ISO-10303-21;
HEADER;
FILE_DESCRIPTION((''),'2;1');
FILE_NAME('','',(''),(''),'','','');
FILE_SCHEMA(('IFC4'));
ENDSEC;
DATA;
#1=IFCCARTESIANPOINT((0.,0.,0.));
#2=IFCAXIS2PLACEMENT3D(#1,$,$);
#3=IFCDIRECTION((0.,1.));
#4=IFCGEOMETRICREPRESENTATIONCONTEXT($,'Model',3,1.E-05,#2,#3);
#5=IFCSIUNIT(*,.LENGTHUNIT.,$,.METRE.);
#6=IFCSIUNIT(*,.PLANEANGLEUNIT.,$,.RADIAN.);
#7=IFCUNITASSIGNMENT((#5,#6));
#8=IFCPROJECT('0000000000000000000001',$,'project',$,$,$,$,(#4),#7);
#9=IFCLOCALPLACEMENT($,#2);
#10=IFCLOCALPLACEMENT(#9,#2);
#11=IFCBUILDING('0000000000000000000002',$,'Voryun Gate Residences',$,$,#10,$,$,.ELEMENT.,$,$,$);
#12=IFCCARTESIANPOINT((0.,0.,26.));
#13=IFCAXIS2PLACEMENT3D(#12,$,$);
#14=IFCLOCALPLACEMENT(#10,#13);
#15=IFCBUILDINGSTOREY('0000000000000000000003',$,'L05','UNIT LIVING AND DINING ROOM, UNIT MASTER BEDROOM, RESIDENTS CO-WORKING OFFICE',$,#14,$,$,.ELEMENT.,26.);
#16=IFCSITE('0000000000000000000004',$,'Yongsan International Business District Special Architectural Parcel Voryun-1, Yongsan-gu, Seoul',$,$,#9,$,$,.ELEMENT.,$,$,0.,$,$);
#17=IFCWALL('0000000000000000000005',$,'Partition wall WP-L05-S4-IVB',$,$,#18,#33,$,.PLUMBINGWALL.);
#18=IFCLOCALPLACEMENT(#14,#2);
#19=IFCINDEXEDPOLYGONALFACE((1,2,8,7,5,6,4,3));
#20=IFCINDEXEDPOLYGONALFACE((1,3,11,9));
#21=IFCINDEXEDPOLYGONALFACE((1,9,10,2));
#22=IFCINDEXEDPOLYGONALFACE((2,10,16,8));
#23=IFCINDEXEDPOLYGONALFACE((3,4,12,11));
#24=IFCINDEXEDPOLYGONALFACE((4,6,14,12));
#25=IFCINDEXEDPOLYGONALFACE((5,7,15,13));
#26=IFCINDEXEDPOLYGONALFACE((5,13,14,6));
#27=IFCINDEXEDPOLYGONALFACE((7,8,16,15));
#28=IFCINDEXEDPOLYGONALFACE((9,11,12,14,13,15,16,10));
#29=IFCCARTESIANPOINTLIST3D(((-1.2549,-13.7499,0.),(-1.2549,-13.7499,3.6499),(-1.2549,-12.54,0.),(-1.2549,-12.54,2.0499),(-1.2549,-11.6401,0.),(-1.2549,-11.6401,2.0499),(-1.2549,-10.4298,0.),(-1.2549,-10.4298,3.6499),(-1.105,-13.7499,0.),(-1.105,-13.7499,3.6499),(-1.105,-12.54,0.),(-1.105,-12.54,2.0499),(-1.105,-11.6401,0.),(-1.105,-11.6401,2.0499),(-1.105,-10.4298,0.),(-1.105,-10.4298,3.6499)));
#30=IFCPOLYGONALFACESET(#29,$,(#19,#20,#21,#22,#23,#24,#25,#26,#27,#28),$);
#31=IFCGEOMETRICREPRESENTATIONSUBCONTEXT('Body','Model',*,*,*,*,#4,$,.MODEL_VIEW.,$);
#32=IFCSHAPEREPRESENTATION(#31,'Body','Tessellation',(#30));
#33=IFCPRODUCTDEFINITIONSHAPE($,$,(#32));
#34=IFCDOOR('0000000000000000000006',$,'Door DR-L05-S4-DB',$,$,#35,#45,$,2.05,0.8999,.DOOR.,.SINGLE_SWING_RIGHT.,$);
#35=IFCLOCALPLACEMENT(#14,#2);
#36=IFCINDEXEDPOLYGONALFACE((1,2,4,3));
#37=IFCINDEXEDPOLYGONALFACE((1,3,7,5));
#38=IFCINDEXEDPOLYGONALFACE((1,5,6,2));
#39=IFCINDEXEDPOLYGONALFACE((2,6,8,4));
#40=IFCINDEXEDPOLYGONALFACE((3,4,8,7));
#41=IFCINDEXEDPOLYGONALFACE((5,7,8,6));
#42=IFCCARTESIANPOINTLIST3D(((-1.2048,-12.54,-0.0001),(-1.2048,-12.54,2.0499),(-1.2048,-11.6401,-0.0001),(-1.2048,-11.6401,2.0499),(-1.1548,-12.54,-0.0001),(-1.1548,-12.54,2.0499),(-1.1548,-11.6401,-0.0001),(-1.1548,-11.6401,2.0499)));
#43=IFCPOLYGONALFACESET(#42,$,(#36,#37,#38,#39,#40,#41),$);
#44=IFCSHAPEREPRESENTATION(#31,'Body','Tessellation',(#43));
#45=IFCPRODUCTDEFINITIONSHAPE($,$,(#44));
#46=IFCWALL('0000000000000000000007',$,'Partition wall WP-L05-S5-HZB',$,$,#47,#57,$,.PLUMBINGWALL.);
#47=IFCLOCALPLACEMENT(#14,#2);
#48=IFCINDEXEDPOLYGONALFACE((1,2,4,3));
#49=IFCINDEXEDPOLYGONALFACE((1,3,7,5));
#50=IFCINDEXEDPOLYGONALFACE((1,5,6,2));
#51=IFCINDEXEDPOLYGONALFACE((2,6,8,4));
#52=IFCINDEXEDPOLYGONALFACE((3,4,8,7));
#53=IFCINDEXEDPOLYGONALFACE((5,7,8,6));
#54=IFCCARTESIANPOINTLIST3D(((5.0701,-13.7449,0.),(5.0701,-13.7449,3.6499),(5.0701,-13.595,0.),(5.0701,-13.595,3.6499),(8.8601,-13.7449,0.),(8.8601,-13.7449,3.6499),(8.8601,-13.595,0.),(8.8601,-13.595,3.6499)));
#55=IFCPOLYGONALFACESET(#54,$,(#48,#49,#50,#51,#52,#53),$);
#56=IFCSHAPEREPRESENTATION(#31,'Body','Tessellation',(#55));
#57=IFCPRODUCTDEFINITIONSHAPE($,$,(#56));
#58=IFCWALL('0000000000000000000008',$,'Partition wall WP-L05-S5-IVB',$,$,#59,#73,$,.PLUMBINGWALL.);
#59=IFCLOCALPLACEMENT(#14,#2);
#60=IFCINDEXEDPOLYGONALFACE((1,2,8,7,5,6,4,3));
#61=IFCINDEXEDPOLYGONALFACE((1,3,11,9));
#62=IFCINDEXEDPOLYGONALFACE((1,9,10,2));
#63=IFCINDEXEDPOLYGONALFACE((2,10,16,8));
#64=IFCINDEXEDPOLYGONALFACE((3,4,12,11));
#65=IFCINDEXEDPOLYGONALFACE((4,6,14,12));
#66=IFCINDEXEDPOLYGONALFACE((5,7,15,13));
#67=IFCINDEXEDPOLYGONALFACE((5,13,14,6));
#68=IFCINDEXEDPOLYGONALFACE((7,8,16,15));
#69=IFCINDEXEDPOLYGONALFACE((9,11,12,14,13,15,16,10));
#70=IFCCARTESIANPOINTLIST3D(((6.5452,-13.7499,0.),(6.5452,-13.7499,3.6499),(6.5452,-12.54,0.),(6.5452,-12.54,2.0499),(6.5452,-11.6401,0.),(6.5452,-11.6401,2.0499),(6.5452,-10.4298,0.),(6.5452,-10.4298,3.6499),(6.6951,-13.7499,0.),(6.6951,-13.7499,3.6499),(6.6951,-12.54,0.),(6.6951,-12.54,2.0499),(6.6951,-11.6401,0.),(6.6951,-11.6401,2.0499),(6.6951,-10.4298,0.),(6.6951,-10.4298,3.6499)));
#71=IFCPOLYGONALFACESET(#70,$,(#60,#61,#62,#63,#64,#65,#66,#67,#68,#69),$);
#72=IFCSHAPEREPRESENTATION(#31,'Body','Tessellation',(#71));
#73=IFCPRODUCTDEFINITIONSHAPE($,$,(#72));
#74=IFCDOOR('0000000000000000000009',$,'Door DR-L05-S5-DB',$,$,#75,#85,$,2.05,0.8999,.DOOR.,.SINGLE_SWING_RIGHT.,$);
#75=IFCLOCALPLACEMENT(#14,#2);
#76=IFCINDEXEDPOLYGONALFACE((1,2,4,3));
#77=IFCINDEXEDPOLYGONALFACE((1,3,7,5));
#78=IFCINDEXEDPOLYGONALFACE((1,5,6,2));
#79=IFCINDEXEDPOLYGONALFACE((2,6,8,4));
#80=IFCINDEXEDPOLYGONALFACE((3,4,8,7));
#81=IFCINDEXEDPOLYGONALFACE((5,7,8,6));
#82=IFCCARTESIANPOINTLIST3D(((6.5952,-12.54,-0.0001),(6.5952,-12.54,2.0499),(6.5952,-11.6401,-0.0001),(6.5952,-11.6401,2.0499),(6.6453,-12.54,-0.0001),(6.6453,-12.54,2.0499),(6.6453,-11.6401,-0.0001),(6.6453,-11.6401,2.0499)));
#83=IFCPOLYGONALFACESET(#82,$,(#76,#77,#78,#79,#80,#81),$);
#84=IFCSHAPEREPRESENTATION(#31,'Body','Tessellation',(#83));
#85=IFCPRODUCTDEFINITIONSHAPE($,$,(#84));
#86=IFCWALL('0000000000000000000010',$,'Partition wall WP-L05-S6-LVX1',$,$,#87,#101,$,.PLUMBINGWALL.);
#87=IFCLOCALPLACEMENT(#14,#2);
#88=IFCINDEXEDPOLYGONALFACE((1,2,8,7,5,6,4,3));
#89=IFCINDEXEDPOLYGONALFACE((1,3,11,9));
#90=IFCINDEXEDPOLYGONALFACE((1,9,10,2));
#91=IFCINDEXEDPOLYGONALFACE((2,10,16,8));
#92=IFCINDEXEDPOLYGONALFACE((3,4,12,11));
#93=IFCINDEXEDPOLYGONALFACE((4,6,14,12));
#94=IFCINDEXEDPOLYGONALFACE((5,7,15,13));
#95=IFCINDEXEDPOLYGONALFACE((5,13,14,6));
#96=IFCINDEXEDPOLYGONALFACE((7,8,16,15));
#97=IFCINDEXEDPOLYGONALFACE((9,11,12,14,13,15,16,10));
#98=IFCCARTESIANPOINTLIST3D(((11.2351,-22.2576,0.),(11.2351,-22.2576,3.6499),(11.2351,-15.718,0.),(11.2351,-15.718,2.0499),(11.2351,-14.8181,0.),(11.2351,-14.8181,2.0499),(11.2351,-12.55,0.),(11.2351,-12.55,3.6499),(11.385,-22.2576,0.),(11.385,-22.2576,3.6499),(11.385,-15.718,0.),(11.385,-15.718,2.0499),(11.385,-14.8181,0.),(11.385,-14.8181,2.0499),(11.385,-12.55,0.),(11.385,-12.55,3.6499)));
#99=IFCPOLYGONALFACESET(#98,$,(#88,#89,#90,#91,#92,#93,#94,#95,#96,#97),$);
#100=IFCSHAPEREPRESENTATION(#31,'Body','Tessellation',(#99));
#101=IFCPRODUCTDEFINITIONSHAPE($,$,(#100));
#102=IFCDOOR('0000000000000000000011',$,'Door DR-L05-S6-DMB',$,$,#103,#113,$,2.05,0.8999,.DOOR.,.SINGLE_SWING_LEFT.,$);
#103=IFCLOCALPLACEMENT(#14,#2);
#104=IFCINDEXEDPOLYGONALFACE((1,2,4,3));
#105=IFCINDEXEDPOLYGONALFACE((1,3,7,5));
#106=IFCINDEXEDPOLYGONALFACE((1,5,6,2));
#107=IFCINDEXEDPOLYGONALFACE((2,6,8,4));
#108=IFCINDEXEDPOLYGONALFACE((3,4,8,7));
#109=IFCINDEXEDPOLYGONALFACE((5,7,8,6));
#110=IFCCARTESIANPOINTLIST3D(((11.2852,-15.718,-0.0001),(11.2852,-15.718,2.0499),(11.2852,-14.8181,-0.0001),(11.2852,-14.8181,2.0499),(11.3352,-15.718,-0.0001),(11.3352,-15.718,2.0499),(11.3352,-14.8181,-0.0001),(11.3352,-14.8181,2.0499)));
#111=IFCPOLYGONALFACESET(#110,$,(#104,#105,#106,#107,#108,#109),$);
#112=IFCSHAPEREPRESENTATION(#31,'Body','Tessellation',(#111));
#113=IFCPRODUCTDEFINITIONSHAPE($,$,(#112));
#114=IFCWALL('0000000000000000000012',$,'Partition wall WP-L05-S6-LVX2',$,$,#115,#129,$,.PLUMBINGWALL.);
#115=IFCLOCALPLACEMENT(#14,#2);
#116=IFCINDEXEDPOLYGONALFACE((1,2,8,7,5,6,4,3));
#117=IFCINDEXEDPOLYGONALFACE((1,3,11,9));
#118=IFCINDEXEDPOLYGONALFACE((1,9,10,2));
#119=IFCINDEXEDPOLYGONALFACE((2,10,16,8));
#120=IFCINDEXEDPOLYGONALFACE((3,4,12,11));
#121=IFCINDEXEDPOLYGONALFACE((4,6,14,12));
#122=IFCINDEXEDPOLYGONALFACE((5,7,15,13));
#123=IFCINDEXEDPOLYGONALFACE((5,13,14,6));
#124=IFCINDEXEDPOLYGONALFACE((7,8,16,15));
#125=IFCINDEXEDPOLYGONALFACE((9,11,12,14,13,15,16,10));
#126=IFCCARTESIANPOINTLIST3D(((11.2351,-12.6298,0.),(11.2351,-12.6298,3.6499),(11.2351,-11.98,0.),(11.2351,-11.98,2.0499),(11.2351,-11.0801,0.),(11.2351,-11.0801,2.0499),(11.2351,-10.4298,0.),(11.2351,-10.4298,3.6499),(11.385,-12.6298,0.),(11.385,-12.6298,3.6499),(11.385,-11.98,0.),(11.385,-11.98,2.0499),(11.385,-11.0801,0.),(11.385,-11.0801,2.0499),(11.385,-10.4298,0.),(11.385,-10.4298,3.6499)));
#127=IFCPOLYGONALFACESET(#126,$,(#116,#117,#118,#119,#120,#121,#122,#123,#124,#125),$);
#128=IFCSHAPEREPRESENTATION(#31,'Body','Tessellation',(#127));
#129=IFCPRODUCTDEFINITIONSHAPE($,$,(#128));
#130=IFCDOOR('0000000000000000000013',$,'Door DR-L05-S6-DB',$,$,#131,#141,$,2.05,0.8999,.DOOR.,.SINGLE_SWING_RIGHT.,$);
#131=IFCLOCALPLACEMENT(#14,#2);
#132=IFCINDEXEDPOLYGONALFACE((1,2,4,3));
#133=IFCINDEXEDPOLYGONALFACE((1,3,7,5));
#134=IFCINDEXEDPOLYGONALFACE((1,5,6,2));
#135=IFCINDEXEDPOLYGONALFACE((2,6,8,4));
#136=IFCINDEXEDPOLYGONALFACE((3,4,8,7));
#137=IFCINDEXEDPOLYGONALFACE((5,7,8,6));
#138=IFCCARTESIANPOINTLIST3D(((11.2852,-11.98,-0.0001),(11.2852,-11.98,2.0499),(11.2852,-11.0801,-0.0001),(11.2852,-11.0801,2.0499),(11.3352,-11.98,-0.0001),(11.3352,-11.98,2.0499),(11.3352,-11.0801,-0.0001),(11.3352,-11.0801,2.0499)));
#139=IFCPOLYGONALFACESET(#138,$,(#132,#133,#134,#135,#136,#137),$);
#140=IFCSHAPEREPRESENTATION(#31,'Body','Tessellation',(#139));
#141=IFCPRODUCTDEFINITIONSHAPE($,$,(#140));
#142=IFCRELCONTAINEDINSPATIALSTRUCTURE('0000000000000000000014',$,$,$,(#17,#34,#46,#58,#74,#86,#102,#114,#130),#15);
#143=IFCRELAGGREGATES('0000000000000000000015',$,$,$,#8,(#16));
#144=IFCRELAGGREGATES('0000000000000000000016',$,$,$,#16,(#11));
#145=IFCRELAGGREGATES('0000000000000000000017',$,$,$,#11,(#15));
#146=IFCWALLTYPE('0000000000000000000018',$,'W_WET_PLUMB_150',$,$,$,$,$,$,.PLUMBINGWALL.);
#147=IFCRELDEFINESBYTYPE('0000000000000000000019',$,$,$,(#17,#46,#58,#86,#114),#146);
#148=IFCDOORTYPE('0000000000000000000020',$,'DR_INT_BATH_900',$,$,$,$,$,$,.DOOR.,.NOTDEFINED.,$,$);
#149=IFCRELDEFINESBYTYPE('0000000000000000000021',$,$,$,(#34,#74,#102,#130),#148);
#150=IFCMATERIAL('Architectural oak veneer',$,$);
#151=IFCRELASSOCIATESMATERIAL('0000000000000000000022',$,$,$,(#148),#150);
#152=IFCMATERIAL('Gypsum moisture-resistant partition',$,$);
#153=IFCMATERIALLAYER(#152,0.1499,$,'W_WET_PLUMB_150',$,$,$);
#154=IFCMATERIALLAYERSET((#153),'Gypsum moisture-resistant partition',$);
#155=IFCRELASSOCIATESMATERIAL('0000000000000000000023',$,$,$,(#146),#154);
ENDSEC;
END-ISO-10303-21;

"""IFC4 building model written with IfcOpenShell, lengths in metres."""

from ifc_helpers import new_model, si_unit, direction, frame, frame_2d, origin, place, context, subcontext, project, spatial, rectangle, extrude, material, layer, layer_set, type_object, element, fill, save


model = new_model("IFC4")

# Units and contexts
model_context = context("Model", 3, precision=1e-05, world=origin(), true_north=direction((0.0, 1.0)))
body_context = subcontext(model_context, "Body", "Model", "MODEL_VIEW")
ifc_project = project(units=[si_unit("LENGTHUNIT", "METRE"), si_unit("PLANEANGLEUNIT", "RADIAN")], contexts=[model_context])

# Site, building, storey
site_placement = place(None, origin())
site = spatial("IfcSite", under=ifc_project, at=site_placement, Name="Yongsan International Business District Special Architectural Parcel Voryun-1, Yongsan-gu, Seoul", CompositionType="ELEMENT", RefElevation=0.0)
building_placement = place(site_placement, origin())
building = spatial("IfcBuilding", under=site, at=building_placement, Name="Voryun Gate Residences", CompositionType="ELEMENT")
storey_placement = place(building_placement, frame((0.0, 0.0, 26.0)))
storey = spatial("IfcBuildingStorey", under=building, at=storey_placement, Name="L05", Description="UNIT LIVING AND DINING ROOM, UNIT MASTER BEDROOM, RESIDENTS CO-WORKING OFFICE", CompositionType="ELEMENT", Elevation=26.0)

# Shared definitions
ifc_material_1 = material(Name="Architectural oak veneer")
door_type_1 = type_object("IfcDoorType", Name="DR_INT_BATH_900", OperationType="NOTDEFINED", PredefinedType="DOOR", material=ifc_material_1)

# Shared definitions
ifc_material_2 = material(Name="Gypsum moisture-resistant partition")
ifc_layer_1 = layer(ifc_material_2, 0.1499, Name="W_WET_PLUMB_150")
ifc_layer_set_1 = layer_set([ifc_layer_1], Name="Gypsum moisture-resistant partition")
wall_type_1 = type_object("IfcWallType", Name="W_WET_PLUMB_150", PredefinedType="PLUMBINGWALL", material=ifc_layer_set_1)

# Wall, opening, door
wall_1_placement = place(storey_placement, frame((-1.1799, -13.75, 0.0), z_axis=(0.0, 0.0, 1.0), x_axis=(0.0, 1.0, 0.0)))
wall_1 = element("IfcWall", 1, at=wall_1_placement, inside=storey, type_object=wall_type_1, Name="Partition wall WP-L05-S4-IVB", PredefinedType="PLUMBINGWALL", context=body_context, shape_type="SweptSolid", body=[
    extrude(rectangle(XDim=3.3201, YDim=0.1499, at=frame_2d((1.6602, 0.0))), origin(), (0.0, 0.0, 1.0), 3.6499),
])
opening_1_placement = place(wall_1_placement, frame((1.21, 0.0, 0.0)))
opening_1 = element("IfcOpeningElement", 2, at=opening_1_placement, cuts=wall_1, PredefinedType="OPENING", context=body_context, shape_type="SweptSolid", body=[
    extrude(rectangle(XDim=0.8999, YDim=2.05, at=frame_2d((0.45, 1.0249))), frame((0.0, 0.085, 0.0), z_axis=(0.0, -1.0, 0.0), x_axis=(1.0, 0.0, 0.0)), (0.0, 0.0, 1.0), 0.1699),
])
door_1_placement = place(opening_1_placement, origin())
door_1 = element("IfcDoor", 3, at=door_1_placement, inside=storey, type_object=door_type_1, Name="Door DR-L05-S4-DB", OperationType="SINGLE_SWING_RIGHT", OverallHeight=2.05, OverallWidth=0.8999, PredefinedType="DOOR", context=body_context, shape_type="SweptSolid", body=[
    extrude(rectangle(XDim=0.8999, YDim=2.05, at=frame_2d((0.45, 1.0249))), frame((0.0, 0.0249, 0.0), z_axis=(0.0, -1.0, 0.0), x_axis=(1.0, 0.0, 0.0)), (0.0, 0.0, 1.0), 0.05),
])
fill(opening_1, door_1)

# Wall
wall_2_placement = place(storey_placement, frame((5.0701, -13.6699, 0.0), z_axis=(0.0, 0.0, 1.0), x_axis=(1.0, 0.0, 0.0)))
element("IfcWall", 4, at=wall_2_placement, inside=storey, type_object=wall_type_1, Name="Partition wall WP-L05-S5-HZB", PredefinedType="PLUMBINGWALL", context=body_context, shape_type="SweptSolid", body=[
    extrude(rectangle(XDim=3.79, YDim=0.1499, at=frame_2d((1.895, 0.0))), origin(), (0.0, 0.0, 1.0), 3.6499),
])

# Walls, openings, doors
wall_3_placement = place(storey_placement, frame((6.6201, -13.75, 0.0), z_axis=(0.0, 0.0, 1.0), x_axis=(0.0, 1.0, 0.0)))
wall_3 = element("IfcWall", 5, at=wall_3_placement, inside=storey, type_object=wall_type_1, Name="Partition wall WP-L05-S5-IVB", PredefinedType="PLUMBINGWALL", context=body_context, shape_type="SweptSolid", body=[
    extrude(rectangle(XDim=3.3201, YDim=0.1499, at=frame_2d((1.6602, 0.0))), origin(), (0.0, 0.0, 1.0), 3.6499),
])
opening_2_placement = place(wall_3_placement, frame((1.21, 0.0, 0.0)))
opening_2 = element("IfcOpeningElement", 6, at=opening_2_placement, cuts=wall_3, PredefinedType="OPENING", context=body_context, shape_type="SweptSolid", body=[
    extrude(rectangle(XDim=0.8999, YDim=2.05, at=frame_2d((0.45, 1.0249))), frame((0.0, 0.085, 0.0), z_axis=(0.0, -1.0, 0.0), x_axis=(1.0, 0.0, 0.0)), (0.0, 0.0, 1.0), 0.1699),
])
door_2_placement = place(opening_2_placement, origin())
door_2 = element("IfcDoor", 7, at=door_2_placement, inside=storey, type_object=door_type_1, Name="Door DR-L05-S5-DB", OperationType="SINGLE_SWING_RIGHT", OverallHeight=2.05, OverallWidth=0.8999, PredefinedType="DOOR", context=body_context, shape_type="SweptSolid", body=[
    extrude(rectangle(XDim=0.8999, YDim=2.05, at=frame_2d((0.45, 1.0249))), frame((0.0, 0.0249, 0.0), z_axis=(0.0, -1.0, 0.0), x_axis=(1.0, 0.0, 0.0)), (0.0, 0.0, 1.0), 0.05),
])
fill(opening_2, door_2)
wall_4_placement = place(storey_placement, frame((11.3101, -22.2576, 0.0), z_axis=(0.0, 0.0, 1.0), x_axis=(0.0, 1.0, 0.0)))
wall_4 = element("IfcWall", 8, at=wall_4_placement, inside=storey, type_object=wall_type_1, Name="Partition wall WP-L05-S6-LVX1", PredefinedType="PLUMBINGWALL", context=body_context, shape_type="SweptSolid", body=[
    extrude(rectangle(XDim=9.7075, YDim=0.1499, at=frame_2d((4.8538, 0.0))), origin(), (0.0, 0.0, 1.0), 3.6499),
])
opening_3_placement = place(wall_4_placement, frame((6.5396, 0.0, 0.0)))
opening_3 = element("IfcOpeningElement", 9, at=opening_3_placement, cuts=wall_4, PredefinedType="OPENING", context=body_context, shape_type="SweptSolid", body=[
    extrude(rectangle(XDim=0.8999, YDim=2.05, at=frame_2d((0.45, 1.0249))), frame((0.0, 0.085, 0.0), z_axis=(0.0, -1.0, 0.0), x_axis=(1.0, 0.0, 0.0)), (0.0, 0.0, 1.0), 0.1699),
])
door_3_placement = place(opening_3_placement, origin())
door_3 = element("IfcDoor", 10, at=door_3_placement, inside=storey, type_object=door_type_1, Name="Door DR-L05-S6-DMB", OperationType="SINGLE_SWING_LEFT", OverallHeight=2.05, OverallWidth=0.8999, PredefinedType="DOOR", context=body_context, shape_type="SweptSolid", body=[
    extrude(rectangle(XDim=0.8999, YDim=2.05, at=frame_2d((0.45, 1.0249))), frame((0.0, 0.0249, 0.0), z_axis=(0.0, -1.0, 0.0), x_axis=(1.0, 0.0, 0.0)), (0.0, 0.0, 1.0), 0.05),
])
fill(opening_3, door_3)
wall_5_placement = place(storey_placement, frame((11.3101, -12.6299, 0.0), z_axis=(0.0, 0.0, 1.0), x_axis=(0.0, 1.0, 0.0)))
wall_5 = element("IfcWall", 11, at=wall_5_placement, inside=storey, type_object=wall_type_1, Name="Partition wall WP-L05-S6-LVX2", PredefinedType="PLUMBINGWALL", context=body_context, shape_type="SweptSolid", body=[
    extrude(rectangle(XDim=2.2, YDim=0.1499, at=frame_2d((1.1001, 0.0))), origin(), (0.0, 0.0, 1.0), 3.6499),
])
opening_4_placement = place(wall_5_placement, frame((0.6499, 0.0, 0.0)))
opening_4 = element("IfcOpeningElement", 12, at=opening_4_placement, cuts=wall_5, PredefinedType="OPENING", context=body_context, shape_type="SweptSolid", body=[
    extrude(rectangle(XDim=0.8999, YDim=2.05, at=frame_2d((0.45, 1.0249))), frame((0.0, 0.085, 0.0), z_axis=(0.0, -1.0, 0.0), x_axis=(1.0, 0.0, 0.0)), (0.0, 0.0, 1.0), 0.1699),
])
door_4_placement = place(opening_4_placement, origin())
door_4 = element("IfcDoor", 13, at=door_4_placement, inside=storey, type_object=door_type_1, Name="Door DR-L05-S6-DB", OperationType="SINGLE_SWING_RIGHT", OverallHeight=2.05, OverallWidth=0.8999, PredefinedType="DOOR", context=body_context, shape_type="SweptSolid", body=[
    extrude(rectangle(XDim=0.8999, YDim=2.05, at=frame_2d((0.45, 1.0249))), frame((0.0, 0.0249, 0.0), z_axis=(0.0, -1.0, 0.0), x_axis=(1.0, 0.0, 0.0)), (0.0, 0.0, 1.0), 0.05),
])
fill(opening_4, door_4)

save(model, "model.ifc")
